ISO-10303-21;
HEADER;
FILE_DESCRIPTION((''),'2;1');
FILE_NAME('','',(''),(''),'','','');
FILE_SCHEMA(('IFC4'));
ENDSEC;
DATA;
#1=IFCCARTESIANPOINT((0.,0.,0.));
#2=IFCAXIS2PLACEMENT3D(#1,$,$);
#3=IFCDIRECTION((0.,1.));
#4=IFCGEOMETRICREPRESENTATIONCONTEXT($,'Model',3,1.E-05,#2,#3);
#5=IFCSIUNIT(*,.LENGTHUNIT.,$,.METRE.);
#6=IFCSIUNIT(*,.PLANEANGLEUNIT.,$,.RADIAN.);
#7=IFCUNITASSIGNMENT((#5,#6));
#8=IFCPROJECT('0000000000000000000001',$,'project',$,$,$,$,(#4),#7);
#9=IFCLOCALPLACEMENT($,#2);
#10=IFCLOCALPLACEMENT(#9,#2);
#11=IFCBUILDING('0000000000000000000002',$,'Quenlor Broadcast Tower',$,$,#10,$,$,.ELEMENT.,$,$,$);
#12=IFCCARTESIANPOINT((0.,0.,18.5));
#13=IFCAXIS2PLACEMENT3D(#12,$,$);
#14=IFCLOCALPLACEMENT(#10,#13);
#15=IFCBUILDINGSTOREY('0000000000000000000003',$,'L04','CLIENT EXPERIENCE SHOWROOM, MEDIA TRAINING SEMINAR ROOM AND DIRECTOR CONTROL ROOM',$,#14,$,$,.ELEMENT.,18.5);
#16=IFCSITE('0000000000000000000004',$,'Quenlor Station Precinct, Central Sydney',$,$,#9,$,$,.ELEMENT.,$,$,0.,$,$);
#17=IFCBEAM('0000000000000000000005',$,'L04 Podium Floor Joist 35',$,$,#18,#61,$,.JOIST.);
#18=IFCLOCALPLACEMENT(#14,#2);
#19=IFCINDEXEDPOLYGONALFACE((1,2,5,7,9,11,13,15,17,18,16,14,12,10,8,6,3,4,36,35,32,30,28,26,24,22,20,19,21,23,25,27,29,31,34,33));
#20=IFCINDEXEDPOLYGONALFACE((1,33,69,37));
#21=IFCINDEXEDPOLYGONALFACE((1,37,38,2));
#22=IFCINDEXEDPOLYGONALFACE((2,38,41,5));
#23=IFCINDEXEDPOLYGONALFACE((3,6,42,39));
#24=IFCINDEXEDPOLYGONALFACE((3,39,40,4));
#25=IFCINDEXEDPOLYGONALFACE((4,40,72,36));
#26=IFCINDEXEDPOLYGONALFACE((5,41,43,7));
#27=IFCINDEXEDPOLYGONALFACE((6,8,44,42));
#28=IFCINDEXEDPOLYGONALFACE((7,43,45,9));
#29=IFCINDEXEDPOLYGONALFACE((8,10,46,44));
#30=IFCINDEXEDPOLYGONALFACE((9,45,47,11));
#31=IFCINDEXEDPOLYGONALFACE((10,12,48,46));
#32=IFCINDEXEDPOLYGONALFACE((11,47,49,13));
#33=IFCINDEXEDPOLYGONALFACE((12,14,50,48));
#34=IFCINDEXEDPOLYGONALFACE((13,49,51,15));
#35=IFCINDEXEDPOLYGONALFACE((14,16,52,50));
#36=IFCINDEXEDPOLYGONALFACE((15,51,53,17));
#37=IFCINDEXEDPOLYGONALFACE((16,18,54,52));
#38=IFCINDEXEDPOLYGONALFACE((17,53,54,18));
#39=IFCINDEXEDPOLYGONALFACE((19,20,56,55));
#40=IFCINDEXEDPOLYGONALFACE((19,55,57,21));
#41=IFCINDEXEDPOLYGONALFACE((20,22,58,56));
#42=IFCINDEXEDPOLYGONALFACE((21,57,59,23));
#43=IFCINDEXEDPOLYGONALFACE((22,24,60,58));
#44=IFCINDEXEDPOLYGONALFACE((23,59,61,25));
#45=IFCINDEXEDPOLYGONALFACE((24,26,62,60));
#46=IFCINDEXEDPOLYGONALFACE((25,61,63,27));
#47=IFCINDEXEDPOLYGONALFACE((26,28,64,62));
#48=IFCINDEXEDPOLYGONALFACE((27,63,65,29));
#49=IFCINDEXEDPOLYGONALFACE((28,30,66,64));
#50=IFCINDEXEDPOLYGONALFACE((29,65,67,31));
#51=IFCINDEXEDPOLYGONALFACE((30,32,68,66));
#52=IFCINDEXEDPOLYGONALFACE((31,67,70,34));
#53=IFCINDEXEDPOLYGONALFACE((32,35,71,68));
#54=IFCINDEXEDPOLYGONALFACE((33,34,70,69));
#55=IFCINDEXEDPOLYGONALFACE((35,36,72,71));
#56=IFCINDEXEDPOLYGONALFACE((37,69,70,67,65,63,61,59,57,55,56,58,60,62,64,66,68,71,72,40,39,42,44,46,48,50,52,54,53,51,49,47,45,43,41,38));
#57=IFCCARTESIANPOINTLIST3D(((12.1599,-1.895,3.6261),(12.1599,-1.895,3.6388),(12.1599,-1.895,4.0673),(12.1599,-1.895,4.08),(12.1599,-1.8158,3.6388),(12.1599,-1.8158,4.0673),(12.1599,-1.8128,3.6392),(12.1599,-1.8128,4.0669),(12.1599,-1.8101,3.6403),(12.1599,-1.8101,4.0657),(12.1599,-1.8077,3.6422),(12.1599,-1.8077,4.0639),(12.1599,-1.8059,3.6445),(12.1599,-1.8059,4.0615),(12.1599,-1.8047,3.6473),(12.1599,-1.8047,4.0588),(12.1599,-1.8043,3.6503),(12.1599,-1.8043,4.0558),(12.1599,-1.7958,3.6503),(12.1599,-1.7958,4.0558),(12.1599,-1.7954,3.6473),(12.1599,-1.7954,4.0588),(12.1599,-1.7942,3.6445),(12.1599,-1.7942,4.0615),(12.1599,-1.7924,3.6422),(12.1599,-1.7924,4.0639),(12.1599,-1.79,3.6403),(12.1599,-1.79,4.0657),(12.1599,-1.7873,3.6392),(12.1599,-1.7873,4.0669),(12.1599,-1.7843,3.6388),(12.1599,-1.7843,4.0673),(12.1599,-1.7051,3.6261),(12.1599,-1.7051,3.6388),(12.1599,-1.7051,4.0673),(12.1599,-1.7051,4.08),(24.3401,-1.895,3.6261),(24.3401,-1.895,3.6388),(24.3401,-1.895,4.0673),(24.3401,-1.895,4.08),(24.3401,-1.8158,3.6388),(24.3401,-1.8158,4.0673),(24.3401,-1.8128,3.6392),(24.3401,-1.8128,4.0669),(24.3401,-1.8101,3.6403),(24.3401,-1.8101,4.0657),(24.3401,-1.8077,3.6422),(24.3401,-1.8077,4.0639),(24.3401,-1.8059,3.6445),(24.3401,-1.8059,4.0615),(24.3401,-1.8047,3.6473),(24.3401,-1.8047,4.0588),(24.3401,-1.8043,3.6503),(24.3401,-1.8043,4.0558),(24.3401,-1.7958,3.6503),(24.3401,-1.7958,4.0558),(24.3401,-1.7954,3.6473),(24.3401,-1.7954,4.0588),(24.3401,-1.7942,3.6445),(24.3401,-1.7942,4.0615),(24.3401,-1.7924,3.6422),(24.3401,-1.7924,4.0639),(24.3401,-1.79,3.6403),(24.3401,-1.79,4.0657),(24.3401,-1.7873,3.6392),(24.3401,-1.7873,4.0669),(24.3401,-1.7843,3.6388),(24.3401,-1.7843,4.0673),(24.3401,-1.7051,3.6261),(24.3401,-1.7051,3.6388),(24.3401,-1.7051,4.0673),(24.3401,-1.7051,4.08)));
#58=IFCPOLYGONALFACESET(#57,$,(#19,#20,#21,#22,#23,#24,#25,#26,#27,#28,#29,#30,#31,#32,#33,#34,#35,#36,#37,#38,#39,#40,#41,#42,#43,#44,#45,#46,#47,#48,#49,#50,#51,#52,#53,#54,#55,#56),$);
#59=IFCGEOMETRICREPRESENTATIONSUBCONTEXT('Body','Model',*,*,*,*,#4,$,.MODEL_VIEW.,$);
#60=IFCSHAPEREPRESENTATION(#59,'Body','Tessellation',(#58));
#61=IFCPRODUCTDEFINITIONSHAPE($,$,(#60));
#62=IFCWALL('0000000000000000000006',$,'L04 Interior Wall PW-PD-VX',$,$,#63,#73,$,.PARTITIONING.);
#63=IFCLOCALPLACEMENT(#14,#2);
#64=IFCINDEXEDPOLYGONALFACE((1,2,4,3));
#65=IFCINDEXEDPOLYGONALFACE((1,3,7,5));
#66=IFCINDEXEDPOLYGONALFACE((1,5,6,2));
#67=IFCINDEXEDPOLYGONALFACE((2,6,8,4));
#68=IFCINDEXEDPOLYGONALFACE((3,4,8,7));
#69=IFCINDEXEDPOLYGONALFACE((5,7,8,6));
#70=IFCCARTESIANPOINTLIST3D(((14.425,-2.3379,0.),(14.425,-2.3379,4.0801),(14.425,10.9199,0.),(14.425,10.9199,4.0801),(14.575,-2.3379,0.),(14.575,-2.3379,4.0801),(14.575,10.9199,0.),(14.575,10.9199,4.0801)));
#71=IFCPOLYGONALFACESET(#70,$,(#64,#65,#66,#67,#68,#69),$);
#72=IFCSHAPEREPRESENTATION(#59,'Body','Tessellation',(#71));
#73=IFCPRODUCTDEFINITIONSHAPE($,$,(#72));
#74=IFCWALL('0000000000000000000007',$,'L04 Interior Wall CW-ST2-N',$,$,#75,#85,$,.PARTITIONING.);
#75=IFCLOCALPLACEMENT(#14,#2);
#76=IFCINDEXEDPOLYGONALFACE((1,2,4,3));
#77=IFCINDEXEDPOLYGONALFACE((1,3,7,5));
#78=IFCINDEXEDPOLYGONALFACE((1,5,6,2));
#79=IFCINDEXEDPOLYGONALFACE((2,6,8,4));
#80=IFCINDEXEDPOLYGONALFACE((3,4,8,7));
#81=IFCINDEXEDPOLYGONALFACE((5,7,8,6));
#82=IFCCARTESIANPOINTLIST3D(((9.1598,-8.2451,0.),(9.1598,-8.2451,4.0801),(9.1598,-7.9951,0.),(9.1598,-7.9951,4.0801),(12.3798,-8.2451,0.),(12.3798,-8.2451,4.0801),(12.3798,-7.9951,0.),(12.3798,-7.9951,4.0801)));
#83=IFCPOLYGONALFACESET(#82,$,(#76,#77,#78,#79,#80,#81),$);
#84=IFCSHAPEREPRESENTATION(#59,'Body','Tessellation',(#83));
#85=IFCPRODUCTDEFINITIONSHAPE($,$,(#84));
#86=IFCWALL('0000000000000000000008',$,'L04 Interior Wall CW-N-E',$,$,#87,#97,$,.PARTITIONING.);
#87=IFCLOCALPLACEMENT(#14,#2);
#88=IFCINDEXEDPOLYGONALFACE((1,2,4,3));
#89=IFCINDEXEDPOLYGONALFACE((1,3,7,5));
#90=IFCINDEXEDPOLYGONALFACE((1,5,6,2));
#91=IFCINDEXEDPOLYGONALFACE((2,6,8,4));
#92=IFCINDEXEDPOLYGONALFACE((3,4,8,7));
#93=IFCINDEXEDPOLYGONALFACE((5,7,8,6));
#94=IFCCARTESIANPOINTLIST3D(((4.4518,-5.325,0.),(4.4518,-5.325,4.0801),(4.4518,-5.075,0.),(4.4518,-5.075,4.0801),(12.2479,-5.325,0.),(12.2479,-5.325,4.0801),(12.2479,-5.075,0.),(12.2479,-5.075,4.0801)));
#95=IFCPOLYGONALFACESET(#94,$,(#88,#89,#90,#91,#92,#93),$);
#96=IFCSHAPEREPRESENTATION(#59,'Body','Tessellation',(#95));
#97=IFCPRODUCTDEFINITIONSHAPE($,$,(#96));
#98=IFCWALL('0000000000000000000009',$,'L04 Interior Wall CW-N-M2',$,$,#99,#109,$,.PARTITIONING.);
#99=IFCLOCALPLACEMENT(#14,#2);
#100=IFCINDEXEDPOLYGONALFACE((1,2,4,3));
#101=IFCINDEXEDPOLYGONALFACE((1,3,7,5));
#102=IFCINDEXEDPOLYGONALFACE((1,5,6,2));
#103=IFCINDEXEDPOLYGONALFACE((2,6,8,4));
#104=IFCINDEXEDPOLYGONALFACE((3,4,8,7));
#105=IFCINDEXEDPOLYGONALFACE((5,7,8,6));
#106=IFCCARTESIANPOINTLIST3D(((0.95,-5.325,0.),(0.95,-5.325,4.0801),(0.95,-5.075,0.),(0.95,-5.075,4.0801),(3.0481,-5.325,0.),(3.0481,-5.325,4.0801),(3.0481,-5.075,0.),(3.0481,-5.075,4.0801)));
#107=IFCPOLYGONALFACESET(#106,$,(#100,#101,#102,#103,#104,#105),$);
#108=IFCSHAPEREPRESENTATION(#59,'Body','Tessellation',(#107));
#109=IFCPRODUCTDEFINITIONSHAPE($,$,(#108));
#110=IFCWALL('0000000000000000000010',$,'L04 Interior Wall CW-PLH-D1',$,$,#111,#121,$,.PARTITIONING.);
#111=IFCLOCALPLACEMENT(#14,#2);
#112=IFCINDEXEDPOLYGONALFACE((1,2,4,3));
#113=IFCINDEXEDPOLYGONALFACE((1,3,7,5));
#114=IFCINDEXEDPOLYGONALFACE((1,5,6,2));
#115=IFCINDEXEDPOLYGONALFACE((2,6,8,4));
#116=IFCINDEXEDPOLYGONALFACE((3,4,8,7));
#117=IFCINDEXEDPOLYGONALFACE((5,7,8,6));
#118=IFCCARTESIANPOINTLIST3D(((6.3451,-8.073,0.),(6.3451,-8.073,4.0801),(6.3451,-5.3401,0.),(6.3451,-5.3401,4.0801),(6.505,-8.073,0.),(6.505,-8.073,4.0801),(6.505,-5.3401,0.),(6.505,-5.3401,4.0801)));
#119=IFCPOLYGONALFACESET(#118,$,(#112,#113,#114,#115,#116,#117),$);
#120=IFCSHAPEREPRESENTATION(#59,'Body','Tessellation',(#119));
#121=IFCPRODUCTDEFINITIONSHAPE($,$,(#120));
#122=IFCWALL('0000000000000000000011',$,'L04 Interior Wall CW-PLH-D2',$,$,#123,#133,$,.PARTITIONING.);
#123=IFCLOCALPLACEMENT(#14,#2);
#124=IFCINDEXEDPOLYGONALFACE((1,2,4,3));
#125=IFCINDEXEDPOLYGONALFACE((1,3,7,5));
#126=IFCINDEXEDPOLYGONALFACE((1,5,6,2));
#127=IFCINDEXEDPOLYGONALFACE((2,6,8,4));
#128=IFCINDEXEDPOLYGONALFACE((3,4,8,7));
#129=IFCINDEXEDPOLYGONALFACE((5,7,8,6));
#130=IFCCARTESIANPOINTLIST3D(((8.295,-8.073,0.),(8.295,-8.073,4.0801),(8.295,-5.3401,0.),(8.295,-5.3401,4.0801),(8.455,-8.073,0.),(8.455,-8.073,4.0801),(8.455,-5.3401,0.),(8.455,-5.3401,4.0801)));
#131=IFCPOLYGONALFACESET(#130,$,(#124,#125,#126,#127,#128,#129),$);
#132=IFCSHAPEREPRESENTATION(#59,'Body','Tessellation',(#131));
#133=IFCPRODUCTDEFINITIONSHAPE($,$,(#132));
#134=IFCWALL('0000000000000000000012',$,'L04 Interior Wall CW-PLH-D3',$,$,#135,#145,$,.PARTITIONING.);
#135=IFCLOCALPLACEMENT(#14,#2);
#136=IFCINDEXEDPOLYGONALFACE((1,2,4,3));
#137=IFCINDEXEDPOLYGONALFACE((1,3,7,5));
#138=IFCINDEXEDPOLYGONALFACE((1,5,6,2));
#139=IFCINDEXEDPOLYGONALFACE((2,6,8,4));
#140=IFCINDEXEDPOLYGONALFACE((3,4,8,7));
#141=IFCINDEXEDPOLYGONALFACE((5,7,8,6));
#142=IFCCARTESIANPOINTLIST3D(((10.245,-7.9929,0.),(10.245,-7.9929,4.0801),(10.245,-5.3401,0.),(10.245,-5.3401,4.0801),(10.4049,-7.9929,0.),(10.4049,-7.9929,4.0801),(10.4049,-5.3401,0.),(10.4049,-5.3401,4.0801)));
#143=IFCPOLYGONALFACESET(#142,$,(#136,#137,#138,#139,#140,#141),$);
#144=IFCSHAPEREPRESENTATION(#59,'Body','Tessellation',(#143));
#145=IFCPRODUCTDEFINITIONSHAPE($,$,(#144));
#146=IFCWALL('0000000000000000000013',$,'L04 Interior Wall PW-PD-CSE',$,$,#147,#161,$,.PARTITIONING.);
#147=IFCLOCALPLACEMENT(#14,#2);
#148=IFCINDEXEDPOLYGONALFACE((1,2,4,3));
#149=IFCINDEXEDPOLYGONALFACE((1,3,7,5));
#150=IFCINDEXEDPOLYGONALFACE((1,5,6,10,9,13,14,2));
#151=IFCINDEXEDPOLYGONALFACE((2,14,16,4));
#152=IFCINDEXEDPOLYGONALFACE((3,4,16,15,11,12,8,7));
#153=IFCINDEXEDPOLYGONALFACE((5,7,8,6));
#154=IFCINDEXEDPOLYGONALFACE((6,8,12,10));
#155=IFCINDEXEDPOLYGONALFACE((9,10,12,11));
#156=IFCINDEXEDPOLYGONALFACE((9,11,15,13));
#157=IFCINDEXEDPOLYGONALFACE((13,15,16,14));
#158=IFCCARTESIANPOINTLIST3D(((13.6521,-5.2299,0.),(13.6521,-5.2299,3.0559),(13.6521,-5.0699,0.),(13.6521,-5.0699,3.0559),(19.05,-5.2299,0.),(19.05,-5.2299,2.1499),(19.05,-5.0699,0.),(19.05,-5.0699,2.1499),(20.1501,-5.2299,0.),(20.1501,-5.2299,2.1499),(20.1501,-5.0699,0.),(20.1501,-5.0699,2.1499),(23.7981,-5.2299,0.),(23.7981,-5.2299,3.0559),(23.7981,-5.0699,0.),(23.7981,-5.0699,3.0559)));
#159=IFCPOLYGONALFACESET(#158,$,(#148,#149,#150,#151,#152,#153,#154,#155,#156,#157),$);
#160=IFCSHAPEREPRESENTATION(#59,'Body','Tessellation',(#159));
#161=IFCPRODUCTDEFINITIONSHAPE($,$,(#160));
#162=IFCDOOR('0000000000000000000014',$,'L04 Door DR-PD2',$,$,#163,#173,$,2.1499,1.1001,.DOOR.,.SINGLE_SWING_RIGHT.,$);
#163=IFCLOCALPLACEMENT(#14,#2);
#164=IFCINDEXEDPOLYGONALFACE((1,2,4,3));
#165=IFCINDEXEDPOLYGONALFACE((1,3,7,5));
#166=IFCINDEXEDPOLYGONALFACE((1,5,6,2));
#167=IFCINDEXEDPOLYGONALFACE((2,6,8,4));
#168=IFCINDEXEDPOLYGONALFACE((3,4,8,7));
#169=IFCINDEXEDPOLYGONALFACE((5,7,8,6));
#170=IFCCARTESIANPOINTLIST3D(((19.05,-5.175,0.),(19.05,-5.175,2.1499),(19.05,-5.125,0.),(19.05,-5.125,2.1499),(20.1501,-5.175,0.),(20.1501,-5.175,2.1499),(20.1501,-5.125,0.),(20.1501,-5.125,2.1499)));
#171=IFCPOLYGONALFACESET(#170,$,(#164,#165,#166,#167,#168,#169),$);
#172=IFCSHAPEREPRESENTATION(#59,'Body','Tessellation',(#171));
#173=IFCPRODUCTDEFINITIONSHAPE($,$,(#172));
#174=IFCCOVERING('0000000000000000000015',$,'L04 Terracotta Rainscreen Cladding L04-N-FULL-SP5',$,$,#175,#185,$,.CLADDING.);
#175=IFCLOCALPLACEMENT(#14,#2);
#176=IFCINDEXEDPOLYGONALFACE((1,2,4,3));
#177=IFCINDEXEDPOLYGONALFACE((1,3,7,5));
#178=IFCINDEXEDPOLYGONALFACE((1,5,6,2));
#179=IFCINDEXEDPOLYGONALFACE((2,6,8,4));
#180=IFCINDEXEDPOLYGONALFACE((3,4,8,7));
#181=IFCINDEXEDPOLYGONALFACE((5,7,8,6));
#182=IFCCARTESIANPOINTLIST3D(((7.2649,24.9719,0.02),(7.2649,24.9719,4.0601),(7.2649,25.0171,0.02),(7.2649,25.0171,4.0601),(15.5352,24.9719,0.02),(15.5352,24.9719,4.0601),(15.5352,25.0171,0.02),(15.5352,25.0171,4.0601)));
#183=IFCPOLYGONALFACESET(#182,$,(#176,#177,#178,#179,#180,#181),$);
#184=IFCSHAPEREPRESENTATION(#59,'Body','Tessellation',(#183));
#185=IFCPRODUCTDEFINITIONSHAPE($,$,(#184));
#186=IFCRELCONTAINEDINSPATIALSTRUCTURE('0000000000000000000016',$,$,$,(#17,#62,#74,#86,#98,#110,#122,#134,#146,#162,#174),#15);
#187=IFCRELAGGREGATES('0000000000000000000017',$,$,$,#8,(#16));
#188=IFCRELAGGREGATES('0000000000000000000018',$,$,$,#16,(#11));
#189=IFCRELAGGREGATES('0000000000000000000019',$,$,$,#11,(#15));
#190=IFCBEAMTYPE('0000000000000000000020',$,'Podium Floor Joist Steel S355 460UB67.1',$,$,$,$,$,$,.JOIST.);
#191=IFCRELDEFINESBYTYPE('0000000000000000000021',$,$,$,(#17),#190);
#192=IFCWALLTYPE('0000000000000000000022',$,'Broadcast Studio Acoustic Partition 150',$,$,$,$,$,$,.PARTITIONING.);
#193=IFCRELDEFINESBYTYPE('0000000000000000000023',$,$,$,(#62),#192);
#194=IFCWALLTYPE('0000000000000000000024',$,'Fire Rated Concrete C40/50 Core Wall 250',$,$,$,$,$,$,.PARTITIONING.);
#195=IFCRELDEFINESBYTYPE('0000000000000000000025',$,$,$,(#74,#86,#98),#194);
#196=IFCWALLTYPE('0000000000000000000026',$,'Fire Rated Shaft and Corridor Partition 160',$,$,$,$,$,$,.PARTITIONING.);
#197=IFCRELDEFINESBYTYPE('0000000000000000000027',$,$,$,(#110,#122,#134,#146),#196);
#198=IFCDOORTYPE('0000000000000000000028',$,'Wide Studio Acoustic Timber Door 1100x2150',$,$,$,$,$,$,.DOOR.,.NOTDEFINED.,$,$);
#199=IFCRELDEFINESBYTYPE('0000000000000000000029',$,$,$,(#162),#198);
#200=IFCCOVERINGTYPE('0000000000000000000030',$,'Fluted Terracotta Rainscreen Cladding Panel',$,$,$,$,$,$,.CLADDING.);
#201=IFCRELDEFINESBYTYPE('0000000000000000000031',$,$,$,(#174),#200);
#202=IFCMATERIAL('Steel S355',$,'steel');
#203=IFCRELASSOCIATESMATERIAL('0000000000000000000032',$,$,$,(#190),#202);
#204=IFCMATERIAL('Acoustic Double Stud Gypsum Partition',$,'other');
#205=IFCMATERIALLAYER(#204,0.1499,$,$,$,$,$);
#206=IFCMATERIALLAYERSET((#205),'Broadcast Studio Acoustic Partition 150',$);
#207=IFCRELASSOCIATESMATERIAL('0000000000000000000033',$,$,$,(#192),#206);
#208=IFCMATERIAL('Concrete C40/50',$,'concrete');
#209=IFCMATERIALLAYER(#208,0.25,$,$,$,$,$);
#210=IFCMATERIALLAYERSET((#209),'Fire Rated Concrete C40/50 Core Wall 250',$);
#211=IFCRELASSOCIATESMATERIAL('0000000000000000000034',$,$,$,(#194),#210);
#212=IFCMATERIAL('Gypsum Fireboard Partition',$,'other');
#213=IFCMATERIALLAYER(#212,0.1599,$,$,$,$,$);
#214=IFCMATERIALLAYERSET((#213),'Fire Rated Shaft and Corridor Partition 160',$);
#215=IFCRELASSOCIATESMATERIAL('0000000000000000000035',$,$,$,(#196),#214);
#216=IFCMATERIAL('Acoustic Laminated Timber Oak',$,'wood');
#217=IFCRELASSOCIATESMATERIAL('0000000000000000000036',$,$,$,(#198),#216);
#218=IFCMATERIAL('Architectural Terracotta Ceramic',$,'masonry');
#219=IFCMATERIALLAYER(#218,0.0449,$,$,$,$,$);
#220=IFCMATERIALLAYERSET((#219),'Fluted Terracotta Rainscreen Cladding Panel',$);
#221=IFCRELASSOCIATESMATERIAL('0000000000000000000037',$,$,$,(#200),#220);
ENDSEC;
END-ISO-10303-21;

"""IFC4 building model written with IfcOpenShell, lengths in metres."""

from ifc_helpers import new_model, si_unit, direction, frame, frame_2d, origin, origin_2d, place, context, subcontext, project, spatial, polyline, rectangle, i_section, outline, extrude, material, layer, layer_set, material_profile, profile_set, type_object, element, fill, save


model = new_model("IFC4")

# Units and contexts
model_context = context("Model", 3, precision=1e-05, world=origin(), true_north=direction((0.0, 1.0)))
body_context = subcontext(model_context, "Body", "Model", "MODEL_VIEW")
ifc_project = project(units=[si_unit("LENGTHUNIT", "METRE"), si_unit("PLANEANGLEUNIT", "RADIAN")], contexts=[model_context])

# Site, building, storey
site_placement = place(None, origin())
site = spatial("IfcSite", under=ifc_project, at=site_placement, Name="Quenlor Station Precinct, Central Sydney", CompositionType="ELEMENT", RefElevation=0.0)
building_placement = place(site_placement, origin())
building = spatial("IfcBuilding", under=site, at=building_placement, Name="Quenlor Broadcast Tower", CompositionType="ELEMENT")
storey_placement = place(building_placement, frame((0.0, 0.0, 18.5)))
storey = spatial("IfcBuildingStorey", under=building, at=storey_placement, Name="L04", Description="CLIENT EXPERIENCE SHOWROOM, MEDIA TRAINING SEMINAR ROOM AND DIRECTOR CONTROL ROOM", CompositionType="ELEMENT", Elevation=18.5)

# Beam
ifc_material_1 = material(Name="Steel S355", Category="steel")
ifc_material_profile_1 = material_profile(ifc_material_1, i_section(OverallWidth=0.1899, OverallDepth=0.4539, WebThickness=0.0085, FlangeThickness=0.0127, FilletRadius=0.0115, at=origin_2d()))
ifc_profile_set_1 = profile_set([ifc_material_profile_1], Name="Steel S355 460UB67.1")
beam_type_1 = type_object("IfcBeamType", Name="Podium Floor Joist Steel S355 460UB67.1", PredefinedType="JOIST", material=ifc_profile_set_1)
beam_1_placement = place(storey_placement, frame((12.1599, -1.8, 3.853), z_axis=(1.0, 0.0, 0.0), x_axis=(0.0, 1.0, 0.0)))
element("IfcBeam", 1, at=beam_1_placement, inside=storey, type_object=beam_type_1, Name="L04 Podium Floor Joist 35", PredefinedType="JOIST", context=body_context, shape_type="SweptSolid", body=[
    extrude(i_section(OverallWidth=0.1899, OverallDepth=0.4539, WebThickness=0.0085, FlangeThickness=0.0127, FilletRadius=0.0115, at=origin_2d()), origin(), (0.0, 0.0, 1.0), 12.1802),
])

# Walls
ifc_material_2 = material(Name="Acoustic Double Stud Gypsum Partition", Category="other")
ifc_layer_1 = layer(ifc_material_2, 0.1499)
ifc_layer_set_1 = layer_set([ifc_layer_1], Name="Broadcast Studio Acoustic Partition 150")
wall_type_1 = type_object("IfcWallType", Name="Broadcast Studio Acoustic Partition 150", PredefinedType="PARTITIONING", material=ifc_layer_set_1)
wall_1_placement = place(storey_placement, frame((14.5, -2.3379, 0.0), z_axis=(0.0, 0.0, 1.0), x_axis=(0.0, 1.0, 0.0)))
element("IfcWall", 2, at=wall_1_placement, inside=storey, type_object=wall_type_1, Name="L04 Interior Wall PW-PD-VX", PredefinedType="PARTITIONING", context=body_context, shape_type="SweptSolid", body=[
    extrude(rectangle(XDim=13.2578, YDim=0.1499, at=frame_2d((6.6289, 0.0))), origin(), (0.0, 0.0, 1.0), 4.0801),
])
ifc_material_3 = material(Name="Concrete C40/50", Category="concrete")
ifc_layer_2 = layer(ifc_material_3, 0.25)
ifc_layer_set_2 = layer_set([ifc_layer_2], Name="Fire Rated Concrete C40/50 Core Wall 250")
wall_type_2 = type_object("IfcWallType", Name="Fire Rated Concrete C40/50 Core Wall 250", PredefinedType="PARTITIONING", material=ifc_layer_set_2)
wall_2_placement = place(storey_placement, frame((9.1599, -8.1201, 0.0), z_axis=(0.0, 0.0, 1.0), x_axis=(1.0, 0.0, 0.0)))
element("IfcWall", 3, at=wall_2_placement, inside=storey, type_object=wall_type_2, Name="L04 Interior Wall CW-ST2-N", PredefinedType="PARTITIONING", context=body_context, shape_type="SweptSolid", body=[
    extrude(rectangle(XDim=3.22, YDim=0.25, at=frame_2d((1.6099, 0.0))), origin(), (0.0, 0.0, 1.0), 4.0801),
])
wall_3_placement = place(storey_placement, frame((4.4519, -5.2, 0.0), z_axis=(0.0, 0.0, 1.0), x_axis=(1.0, 0.0, 0.0)))
element("IfcWall", 4, at=wall_3_placement, inside=storey, type_object=wall_type_2, Name="L04 Interior Wall CW-N-E", PredefinedType="PARTITIONING", context=body_context, shape_type="SweptSolid", body=[
    extrude(rectangle(XDim=7.7961, YDim=0.25, at=frame_2d((3.8979, 0.0))), origin(), (0.0, 0.0, 1.0), 4.0801),
])
wall_4_placement = place(storey_placement, frame((0.95, -5.2, 0.0), z_axis=(0.0, 0.0, 1.0), x_axis=(1.0, 0.0, 0.0)))
element("IfcWall", 5, at=wall_4_placement, inside=storey, type_object=wall_type_2, Name="L04 Interior Wall CW-N-M2", PredefinedType="PARTITIONING", context=body_context, shape_type="SweptSolid", body=[
    extrude(rectangle(XDim=2.0981, YDim=0.25, at=frame_2d((1.0491, 0.0))), origin(), (0.0, 0.0, 1.0), 4.0801),
])
ifc_material_4 = material(Name="Gypsum Fireboard Partition", Category="other")
ifc_layer_3 = layer(ifc_material_4, 0.1599)
ifc_layer_set_3 = layer_set([ifc_layer_3], Name="Fire Rated Shaft and Corridor Partition 160")
wall_type_3 = type_object("IfcWallType", Name="Fire Rated Shaft and Corridor Partition 160", PredefinedType="PARTITIONING", material=ifc_layer_set_3)
for number, where, z_axis, x_axis, name in (
    (6, (6.425, -8.073, 0.0), (0.0, 0.0, 1.0), (0.0, 1.0, 0.0), "L04 Interior Wall CW-PLH-D1"),
    (7, (8.375, -8.073, 0.0), (0.0, 0.0, 1.0), (0.0, 1.0, 0.0), "L04 Interior Wall CW-PLH-D2"),
):
    element("IfcWall", number, at=place(storey_placement, frame(where, z_axis=z_axis, x_axis=x_axis)), inside=storey, type_object=wall_type_3, Name=name, PredefinedType="PARTITIONING", context=body_context, shape_type="SweptSolid", body=[
        extrude(rectangle(XDim=2.7329, YDim=0.1599, at=frame_2d((1.3665, 0.0))), origin(), (0.0, 0.0, 1.0), 4.0801),
    ])
wall_5_placement = place(storey_placement, frame((10.325, -7.9929, 0.0), z_axis=(0.0, 0.0, 1.0), x_axis=(0.0, 1.0, 0.0)))
element("IfcWall", 8, at=wall_5_placement, inside=storey, type_object=wall_type_3, Name="L04 Interior Wall CW-PLH-D3", PredefinedType="PARTITIONING", context=body_context, shape_type="SweptSolid", body=[
    extrude(rectangle(XDim=2.6528, YDim=0.1599, at=frame_2d((1.3264, 0.0))), origin(), (0.0, 0.0, 1.0), 4.0801),
])

# Wall, opening, door
wall_6_placement = place(storey_placement, frame((13.6521, -5.1499, 0.0), z_axis=(0.0, 0.0, 1.0), x_axis=(1.0, 0.0, 0.0)))
wall_6 = element("IfcWall", 9, at=wall_6_placement, inside=storey, type_object=wall_type_3, Name="L04 Interior Wall PW-PD-CSE", PredefinedType="PARTITIONING", context=body_context, shape_type="SweptSolid", body=[
    extrude(rectangle(XDim=10.146, YDim=0.1599, at=frame_2d((5.073, 0.0))), origin(), (0.0, 0.0, 1.0), 3.0559),
])
opening_placement = place(wall_6_placement, frame((5.3979, 0.0, 0.0)))
opening = element("IfcOpeningElement", 10, at=opening_placement, cuts=wall_6, PredefinedType="OPENING", context=body_context, shape_type="SweptSolid", body=[
    extrude(rectangle(XDim=1.1001, YDim=2.1499, at=frame_2d((0.55, 1.075))), frame((0.0, 0.0898, 0.0), z_axis=(0.0, -1.0, 0.0), x_axis=(1.0, 0.0, 0.0)), (0.0, 0.0, 1.0), 0.1799),
])
ifc_material_5 = material(Name="Acoustic Laminated Timber Oak", Category="wood")
door_type = type_object("IfcDoorType", Name="Wide Studio Acoustic Timber Door 1100x2150", OperationType="NOTDEFINED", PredefinedType="DOOR", material=ifc_material_5)
door_placement = place(opening_placement, origin())
door = element("IfcDoor", 11, at=door_placement, inside=storey, type_object=door_type, Name="L04 Door DR-PD2", OperationType="SINGLE_SWING_RIGHT", OverallHeight=2.1499, OverallWidth=1.1001, PredefinedType="DOOR", context=body_context, shape_type="SweptSolid", body=[
    extrude(rectangle(XDim=1.1001, YDim=2.1499, at=frame_2d((0.55, 1.075))), frame((0.0, 0.0249, 0.0), z_axis=(0.0, -1.0, 0.0), x_axis=(1.0, 0.0, 0.0)), (0.0, 0.0, 1.0), 0.05),
])
fill(opening, door)

# Covering
ifc_material_6 = material(Name="Architectural Terracotta Ceramic", Category="masonry")
ifc_layer_4 = layer(ifc_material_6, 0.0449)
ifc_layer_set_4 = layer_set([ifc_layer_4], Name="Fluted Terracotta Rainscreen Cladding Panel")
covering_type = type_object("IfcCoveringType", Name="Fluted Terracotta Rainscreen Cladding Panel", PredefinedType="CLADDING", material=ifc_layer_set_4)
covering_1_placement = place(storey_placement, frame((0.0, 0.0, 0.02)))
element("IfcCovering", 12, at=covering_1_placement, inside=storey, type_object=covering_type, Name="L04 Terracotta Rainscreen Cladding L04-N-FULL-SP5", PredefinedType="CLADDING", context=body_context, shape_type="SweptSolid", body=[
    extrude(outline(polyline([(7.2649, 24.9719), (15.5352, 24.9719), (15.5352, 25.0171), (7.2649, 25.0171), (7.2649, 24.9719)])), origin(), (0.0, 0.0, 1.0), 4.04),
])

save(model, "model.ifc")
